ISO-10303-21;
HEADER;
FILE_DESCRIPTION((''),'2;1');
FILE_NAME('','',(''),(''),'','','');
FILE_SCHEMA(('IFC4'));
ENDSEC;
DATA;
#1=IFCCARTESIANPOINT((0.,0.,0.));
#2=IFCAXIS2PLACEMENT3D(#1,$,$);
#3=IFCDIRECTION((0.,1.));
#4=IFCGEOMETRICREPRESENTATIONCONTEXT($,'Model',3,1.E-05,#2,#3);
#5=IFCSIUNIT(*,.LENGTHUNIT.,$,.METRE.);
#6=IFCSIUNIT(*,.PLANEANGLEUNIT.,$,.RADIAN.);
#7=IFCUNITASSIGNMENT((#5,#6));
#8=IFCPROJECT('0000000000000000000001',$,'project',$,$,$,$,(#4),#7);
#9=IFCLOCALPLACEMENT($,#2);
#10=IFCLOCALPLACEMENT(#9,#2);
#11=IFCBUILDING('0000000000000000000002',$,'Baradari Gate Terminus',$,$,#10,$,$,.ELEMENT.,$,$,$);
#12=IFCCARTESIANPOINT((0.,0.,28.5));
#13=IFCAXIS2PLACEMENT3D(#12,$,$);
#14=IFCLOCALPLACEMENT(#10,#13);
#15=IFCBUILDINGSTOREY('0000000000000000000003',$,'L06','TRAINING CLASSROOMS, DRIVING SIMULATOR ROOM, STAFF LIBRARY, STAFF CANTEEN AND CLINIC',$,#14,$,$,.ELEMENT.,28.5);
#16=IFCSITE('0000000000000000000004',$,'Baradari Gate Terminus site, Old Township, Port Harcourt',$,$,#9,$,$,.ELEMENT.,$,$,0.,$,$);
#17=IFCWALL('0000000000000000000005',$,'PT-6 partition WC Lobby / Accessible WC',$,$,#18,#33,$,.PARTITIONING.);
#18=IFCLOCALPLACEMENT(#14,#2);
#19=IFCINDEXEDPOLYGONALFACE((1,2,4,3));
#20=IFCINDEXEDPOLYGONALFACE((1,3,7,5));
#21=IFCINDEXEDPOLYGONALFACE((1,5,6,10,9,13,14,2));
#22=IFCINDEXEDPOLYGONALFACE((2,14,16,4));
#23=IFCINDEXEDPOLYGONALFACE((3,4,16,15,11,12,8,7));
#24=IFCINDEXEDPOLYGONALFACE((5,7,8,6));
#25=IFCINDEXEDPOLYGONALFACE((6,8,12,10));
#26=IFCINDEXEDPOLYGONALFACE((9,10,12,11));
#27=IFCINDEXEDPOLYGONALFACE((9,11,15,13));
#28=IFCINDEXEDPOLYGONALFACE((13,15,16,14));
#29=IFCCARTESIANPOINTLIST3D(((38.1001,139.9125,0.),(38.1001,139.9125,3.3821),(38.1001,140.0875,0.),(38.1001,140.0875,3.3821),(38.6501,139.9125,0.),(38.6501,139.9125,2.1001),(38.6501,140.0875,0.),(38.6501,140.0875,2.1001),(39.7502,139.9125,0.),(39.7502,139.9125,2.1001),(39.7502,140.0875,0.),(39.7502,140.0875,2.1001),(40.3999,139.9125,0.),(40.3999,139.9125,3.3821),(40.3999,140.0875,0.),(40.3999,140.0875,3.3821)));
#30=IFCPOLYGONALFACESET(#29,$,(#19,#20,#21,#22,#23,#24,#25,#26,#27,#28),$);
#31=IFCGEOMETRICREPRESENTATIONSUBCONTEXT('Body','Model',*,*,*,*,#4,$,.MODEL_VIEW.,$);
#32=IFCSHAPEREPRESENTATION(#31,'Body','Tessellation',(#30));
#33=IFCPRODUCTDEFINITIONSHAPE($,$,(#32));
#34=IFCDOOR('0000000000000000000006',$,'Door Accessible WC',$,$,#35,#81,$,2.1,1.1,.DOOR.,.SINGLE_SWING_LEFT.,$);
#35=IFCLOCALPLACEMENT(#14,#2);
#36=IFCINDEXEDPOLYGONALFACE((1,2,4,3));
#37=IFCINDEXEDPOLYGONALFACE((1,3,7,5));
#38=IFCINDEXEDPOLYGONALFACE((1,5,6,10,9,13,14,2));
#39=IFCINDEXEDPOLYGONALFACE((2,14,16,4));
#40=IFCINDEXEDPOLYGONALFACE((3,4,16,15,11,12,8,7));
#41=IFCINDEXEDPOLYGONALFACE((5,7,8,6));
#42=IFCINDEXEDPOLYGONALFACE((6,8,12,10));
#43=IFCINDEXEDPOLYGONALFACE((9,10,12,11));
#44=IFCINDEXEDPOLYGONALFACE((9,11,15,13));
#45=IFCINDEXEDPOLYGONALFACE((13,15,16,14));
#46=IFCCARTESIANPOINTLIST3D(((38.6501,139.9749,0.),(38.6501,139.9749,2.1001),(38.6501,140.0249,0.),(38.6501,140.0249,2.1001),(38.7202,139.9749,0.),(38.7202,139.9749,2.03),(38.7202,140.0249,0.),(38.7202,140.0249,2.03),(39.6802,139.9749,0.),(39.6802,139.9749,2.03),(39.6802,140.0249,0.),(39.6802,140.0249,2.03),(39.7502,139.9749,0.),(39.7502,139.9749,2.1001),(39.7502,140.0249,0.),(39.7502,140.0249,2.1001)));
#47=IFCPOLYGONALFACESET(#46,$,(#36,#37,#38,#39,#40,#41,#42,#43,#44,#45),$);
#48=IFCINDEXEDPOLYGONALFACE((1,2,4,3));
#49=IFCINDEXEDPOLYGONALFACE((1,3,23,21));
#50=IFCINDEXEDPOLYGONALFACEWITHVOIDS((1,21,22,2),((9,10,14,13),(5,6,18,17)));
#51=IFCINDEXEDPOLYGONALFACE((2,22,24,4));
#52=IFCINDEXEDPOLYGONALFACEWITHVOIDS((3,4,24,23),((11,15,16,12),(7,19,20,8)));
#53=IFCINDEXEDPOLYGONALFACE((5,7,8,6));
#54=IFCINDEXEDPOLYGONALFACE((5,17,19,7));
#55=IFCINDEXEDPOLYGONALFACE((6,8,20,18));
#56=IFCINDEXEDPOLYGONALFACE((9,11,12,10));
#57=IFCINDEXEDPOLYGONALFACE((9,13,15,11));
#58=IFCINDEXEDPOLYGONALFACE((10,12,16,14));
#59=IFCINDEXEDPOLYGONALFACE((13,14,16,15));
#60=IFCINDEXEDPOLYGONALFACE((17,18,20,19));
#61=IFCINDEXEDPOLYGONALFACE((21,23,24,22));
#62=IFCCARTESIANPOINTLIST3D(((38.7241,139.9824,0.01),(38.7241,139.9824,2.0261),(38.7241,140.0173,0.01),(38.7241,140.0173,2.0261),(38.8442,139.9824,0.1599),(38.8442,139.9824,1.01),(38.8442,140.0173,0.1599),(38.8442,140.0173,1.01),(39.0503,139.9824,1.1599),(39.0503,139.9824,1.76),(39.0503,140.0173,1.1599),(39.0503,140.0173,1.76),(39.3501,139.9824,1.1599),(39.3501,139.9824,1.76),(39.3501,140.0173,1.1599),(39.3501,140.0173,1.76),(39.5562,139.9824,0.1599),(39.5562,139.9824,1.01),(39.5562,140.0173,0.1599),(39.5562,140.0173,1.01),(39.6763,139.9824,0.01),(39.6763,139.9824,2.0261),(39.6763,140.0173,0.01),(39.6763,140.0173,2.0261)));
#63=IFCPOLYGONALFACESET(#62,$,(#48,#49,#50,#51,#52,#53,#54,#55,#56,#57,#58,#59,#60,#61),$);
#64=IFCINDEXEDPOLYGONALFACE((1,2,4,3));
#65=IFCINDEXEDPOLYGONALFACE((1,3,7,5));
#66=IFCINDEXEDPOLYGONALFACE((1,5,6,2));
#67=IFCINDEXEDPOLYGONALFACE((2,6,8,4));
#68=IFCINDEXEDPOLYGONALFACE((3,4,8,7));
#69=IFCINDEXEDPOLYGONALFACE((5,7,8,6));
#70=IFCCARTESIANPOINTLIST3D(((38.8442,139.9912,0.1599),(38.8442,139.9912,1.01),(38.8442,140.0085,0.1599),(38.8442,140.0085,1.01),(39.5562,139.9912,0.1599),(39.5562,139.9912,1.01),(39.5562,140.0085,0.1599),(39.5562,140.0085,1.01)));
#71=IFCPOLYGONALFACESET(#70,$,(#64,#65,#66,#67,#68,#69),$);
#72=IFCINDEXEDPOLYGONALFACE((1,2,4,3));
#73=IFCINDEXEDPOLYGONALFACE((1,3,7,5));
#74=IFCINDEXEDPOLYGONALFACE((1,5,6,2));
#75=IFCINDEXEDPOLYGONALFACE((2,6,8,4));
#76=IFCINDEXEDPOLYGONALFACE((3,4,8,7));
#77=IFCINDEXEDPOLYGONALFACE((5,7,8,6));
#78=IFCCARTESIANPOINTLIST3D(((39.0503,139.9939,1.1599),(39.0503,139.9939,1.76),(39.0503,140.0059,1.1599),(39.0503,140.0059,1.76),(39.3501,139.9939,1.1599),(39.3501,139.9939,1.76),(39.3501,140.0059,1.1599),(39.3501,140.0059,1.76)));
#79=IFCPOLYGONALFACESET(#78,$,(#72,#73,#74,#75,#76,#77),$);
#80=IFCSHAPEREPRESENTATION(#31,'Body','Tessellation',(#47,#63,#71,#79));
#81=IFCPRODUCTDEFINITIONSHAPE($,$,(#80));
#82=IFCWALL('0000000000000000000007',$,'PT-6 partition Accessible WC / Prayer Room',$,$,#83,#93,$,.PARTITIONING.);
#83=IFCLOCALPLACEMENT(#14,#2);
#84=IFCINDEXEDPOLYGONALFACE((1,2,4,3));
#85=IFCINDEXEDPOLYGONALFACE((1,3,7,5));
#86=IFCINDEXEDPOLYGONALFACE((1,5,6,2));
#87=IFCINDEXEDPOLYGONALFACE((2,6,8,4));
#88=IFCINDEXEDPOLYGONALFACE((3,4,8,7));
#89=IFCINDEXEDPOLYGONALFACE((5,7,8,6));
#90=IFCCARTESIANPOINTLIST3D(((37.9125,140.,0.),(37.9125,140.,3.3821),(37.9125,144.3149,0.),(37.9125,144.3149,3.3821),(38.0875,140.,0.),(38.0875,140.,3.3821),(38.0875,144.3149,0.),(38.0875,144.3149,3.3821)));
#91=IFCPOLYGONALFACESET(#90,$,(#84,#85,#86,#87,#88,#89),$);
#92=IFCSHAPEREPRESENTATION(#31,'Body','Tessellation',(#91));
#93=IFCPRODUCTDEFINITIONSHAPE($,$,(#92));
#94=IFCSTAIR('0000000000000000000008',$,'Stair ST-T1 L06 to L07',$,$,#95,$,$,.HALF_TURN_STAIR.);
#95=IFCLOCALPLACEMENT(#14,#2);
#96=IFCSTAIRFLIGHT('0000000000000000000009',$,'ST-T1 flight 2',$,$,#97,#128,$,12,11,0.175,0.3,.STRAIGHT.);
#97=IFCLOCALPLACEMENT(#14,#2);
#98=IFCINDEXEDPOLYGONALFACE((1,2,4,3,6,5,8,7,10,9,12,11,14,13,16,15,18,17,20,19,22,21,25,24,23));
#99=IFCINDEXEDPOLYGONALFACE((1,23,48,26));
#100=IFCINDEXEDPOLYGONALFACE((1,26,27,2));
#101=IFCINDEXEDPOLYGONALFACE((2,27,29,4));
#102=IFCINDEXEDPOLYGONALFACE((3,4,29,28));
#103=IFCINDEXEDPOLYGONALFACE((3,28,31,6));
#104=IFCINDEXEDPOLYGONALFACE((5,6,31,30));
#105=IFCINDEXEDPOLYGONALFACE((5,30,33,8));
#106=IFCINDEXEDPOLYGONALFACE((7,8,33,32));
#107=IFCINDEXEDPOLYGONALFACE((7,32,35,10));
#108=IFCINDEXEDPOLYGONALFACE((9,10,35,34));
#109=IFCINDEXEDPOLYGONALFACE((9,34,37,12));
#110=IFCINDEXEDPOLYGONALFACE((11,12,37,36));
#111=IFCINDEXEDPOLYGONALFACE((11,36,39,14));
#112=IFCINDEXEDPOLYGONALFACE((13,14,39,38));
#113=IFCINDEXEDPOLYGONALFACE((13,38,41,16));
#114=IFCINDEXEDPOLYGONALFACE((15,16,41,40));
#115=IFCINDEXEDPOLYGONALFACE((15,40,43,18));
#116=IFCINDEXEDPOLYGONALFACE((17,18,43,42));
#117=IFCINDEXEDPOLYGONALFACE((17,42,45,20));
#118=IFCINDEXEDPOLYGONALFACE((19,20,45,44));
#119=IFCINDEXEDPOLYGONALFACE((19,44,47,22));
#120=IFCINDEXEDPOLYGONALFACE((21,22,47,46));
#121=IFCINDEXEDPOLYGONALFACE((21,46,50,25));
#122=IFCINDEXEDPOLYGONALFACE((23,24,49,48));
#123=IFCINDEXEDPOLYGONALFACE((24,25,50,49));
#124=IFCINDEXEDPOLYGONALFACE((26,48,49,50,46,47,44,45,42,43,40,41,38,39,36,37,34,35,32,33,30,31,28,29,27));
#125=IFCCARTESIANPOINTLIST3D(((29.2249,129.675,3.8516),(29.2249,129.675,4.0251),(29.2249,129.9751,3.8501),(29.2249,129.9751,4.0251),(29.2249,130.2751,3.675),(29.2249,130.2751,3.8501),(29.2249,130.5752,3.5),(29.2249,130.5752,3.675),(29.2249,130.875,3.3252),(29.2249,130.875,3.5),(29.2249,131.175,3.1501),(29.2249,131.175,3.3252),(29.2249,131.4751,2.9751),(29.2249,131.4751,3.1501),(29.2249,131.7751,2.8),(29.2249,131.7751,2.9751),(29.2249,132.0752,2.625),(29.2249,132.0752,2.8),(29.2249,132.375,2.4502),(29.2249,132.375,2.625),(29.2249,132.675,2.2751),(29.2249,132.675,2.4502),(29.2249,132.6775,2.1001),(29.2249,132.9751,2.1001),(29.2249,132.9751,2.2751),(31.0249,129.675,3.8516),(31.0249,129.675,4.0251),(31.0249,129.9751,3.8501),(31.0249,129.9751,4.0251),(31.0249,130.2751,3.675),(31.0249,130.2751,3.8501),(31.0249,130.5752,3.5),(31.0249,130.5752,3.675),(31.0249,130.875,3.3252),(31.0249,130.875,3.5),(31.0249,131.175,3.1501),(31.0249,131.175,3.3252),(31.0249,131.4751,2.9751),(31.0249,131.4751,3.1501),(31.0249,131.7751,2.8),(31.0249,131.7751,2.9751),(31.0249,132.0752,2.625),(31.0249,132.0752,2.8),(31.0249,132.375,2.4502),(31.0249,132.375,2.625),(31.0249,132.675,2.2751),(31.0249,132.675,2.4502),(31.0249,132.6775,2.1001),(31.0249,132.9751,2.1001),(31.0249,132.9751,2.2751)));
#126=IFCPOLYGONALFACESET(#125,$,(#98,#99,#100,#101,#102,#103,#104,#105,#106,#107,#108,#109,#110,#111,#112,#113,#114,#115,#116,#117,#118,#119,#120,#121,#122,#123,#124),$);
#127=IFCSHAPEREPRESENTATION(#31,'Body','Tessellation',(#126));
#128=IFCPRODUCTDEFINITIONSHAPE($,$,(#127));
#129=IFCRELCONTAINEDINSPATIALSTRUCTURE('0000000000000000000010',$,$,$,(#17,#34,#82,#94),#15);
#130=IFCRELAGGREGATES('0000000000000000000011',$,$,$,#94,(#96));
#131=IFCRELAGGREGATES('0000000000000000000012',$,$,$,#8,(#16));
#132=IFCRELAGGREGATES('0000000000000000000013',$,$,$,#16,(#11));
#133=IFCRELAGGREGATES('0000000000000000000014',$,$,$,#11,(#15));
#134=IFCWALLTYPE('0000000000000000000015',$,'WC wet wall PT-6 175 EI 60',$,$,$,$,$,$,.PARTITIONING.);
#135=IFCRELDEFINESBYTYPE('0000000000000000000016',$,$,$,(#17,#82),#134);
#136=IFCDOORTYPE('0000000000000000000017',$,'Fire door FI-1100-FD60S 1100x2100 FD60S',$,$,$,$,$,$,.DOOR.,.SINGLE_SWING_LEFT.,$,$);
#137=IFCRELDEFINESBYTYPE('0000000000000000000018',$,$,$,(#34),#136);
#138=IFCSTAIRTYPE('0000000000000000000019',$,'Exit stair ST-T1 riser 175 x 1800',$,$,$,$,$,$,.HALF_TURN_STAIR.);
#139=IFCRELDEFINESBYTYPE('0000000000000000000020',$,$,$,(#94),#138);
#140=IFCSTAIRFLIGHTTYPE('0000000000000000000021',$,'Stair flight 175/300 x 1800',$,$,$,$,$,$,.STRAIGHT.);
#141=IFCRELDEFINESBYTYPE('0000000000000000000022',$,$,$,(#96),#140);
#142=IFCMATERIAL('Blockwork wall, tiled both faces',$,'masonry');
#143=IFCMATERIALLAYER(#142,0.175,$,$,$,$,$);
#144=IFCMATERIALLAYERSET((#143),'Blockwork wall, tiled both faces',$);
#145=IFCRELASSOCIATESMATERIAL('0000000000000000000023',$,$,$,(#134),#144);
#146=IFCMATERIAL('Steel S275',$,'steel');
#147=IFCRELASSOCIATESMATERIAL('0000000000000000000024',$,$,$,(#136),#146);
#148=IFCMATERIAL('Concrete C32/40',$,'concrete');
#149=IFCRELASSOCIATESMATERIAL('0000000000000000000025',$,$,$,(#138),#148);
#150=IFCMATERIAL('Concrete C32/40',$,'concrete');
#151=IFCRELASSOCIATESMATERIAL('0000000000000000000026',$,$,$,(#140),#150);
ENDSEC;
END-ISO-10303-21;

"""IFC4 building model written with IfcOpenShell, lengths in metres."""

from ifc_helpers import new_model, si_unit, direction, frame, frame_2d, origin, place, context, subcontext, project, spatial, polyline, rectangle, outline, extrude, material, layer, layer_set, type_object, element, fill, aggregate, save


model = new_model("IFC4")

# Units and contexts
model_context = context("Model", 3, precision=1e-05, world=origin(), true_north=direction((0.0, 1.0)))
body_context = subcontext(model_context, "Body", "Model", "MODEL_VIEW")
ifc_project = project(units=[si_unit("LENGTHUNIT", "METRE"), si_unit("PLANEANGLEUNIT", "RADIAN")], contexts=[model_context])

# Site, building, storey
site_placement = place(None, origin())
site = spatial("IfcSite", under=ifc_project, at=site_placement, Name="Baradari Gate Terminus site, Old Township, Port Harcourt", CompositionType="ELEMENT", RefElevation=0.0)
building_placement = place(site_placement, origin())
building = spatial("IfcBuilding", under=site, at=building_placement, Name="Baradari Gate Terminus", CompositionType="ELEMENT")
storey_placement = place(building_placement, frame((0.0, 0.0, 28.5)))
storey = spatial("IfcBuildingStorey", under=building, at=storey_placement, Name="L06", Description="TRAINING CLASSROOMS, DRIVING SIMULATOR ROOM, STAFF LIBRARY, STAFF CANTEEN AND CLINIC", CompositionType="ELEMENT", Elevation=28.5)

# Wall, opening, door
ifc_material_1 = material(Name="Blockwork wall, tiled both faces", Category="masonry")
ifc_layer_1 = layer(ifc_material_1, 0.175)
ifc_layer_set_1 = layer_set([ifc_layer_1], Name="Blockwork wall, tiled both faces")
wall_type_1 = type_object("IfcWallType", Name="WC wet wall PT-6 175 EI 60", PredefinedType="PARTITIONING", material=ifc_layer_set_1)
wall_1_placement = place(storey_placement, frame((38.1001, 140.0, 0.0), z_axis=(0.0, 0.0, 1.0), x_axis=(1.0, 0.0, 0.0)))
wall_1 = element("IfcWall", 1, at=wall_1_placement, inside=storey, type_object=wall_type_1, Name="PT-6 partition WC Lobby / Accessible WC", PredefinedType="PARTITIONING", context=body_context, shape_type="SweptSolid", body=[
    extrude(rectangle(XDim=2.2998, YDim=0.175, at=frame_2d((1.1499, 0.0))), origin(), (0.0, 0.0, 1.0), 3.3821),
])
opening_1_placement = place(wall_1_placement, frame((0.55, 0.0, 0.0)))
opening_1 = element("IfcOpeningElement", 2, at=opening_1_placement, cuts=wall_1, PredefinedType="OPENING", context=body_context, shape_type="SweptSolid", body=[
    extrude(rectangle(XDim=1.1001, YDim=2.1001, at=frame_2d((0.55, 1.05))), frame((0.0, 0.0974, 0.0), z_axis=(0.0, -1.0, 0.0), x_axis=(1.0, 0.0, 0.0)), (0.0, 0.0, 1.0), 0.1951),
])
ifc_material_2 = material(Name="Steel S275", Category="steel")
door_type_1 = type_object("IfcDoorType", Name="Fire door FI-1100-FD60S 1100x2100 FD60S", OperationType="SINGLE_SWING_LEFT", PredefinedType="DOOR", material=ifc_material_2)
door_1_placement = place(opening_1_placement, origin())
door_1 = element("IfcDoor", 3, at=door_1_placement, inside=storey, type_object=door_type_1, Name="Door Accessible WC", OperationType="SINGLE_SWING_LEFT", OverallHeight=2.1, OverallWidth=1.1, PredefinedType="DOOR", context=body_context, shape_type="SweptSolid", body=[
    extrude(outline(polyline([(0.0, 0.0), (0.0701, 0.0), (0.0701, 2.03), (1.03, 2.03), (1.03, 0.0), (1.1001, 0.0), (1.1001, 2.1001), (0.0, 2.1001), (0.0, 0.0)])), frame((0.0, 0.0249, 0.0), z_axis=(0.0, -1.0, 0.0), x_axis=(1.0, 0.0, 0.0)), (0.0, 0.0, 1.0), 0.05),
    extrude(outline(polyline([(0.074, 0.01), (1.0261, 0.01), (1.0261, 2.0261), (0.074, 2.0261), (0.074, 0.01)]), holes=[polyline([(0.1941, 0.1599), (0.906, 0.1599), (0.906, 1.01), (0.1941, 1.01), (0.1941, 0.1599)]), polyline([(0.4001, 1.1599), (0.7, 1.1599), (0.7, 1.76), (0.4001, 1.76), (0.4001, 1.1599)])]), frame((0.0, 0.0173, 0.0), z_axis=(0.0, -1.0, 0.0), x_axis=(1.0, 0.0, 0.0)), (0.0, 0.0, 1.0), 0.0349),
    extrude(rectangle(XDim=0.7119, YDim=0.8501, at=frame_2d((0.55, 0.585))), frame((0.0, 0.0085, 0.0), z_axis=(0.0, -1.0, 0.0), x_axis=(1.0, 0.0, 0.0)), (0.0, 0.0, 1.0), 0.0173),
    extrude(rectangle(XDim=0.2998, YDim=0.6001, at=frame_2d((0.55, 1.46))), frame((0.0, 0.0059, 0.0), z_axis=(0.0, -1.0, 0.0), x_axis=(1.0, 0.0, 0.0)), (0.0, 0.0, 1.0), 0.012),
])
fill(opening_1, door_1)

# Wall
wall_2_placement = place(storey_placement, frame((38.0, 140.0, 0.0), z_axis=(0.0, 0.0, 1.0), x_axis=(0.0, 1.0, 0.0)))
element("IfcWall", 4, at=wall_2_placement, inside=storey, type_object=wall_type_1, Name="PT-6 partition Accessible WC / Prayer Room", PredefinedType="PARTITIONING", context=body_context, shape_type="SweptSolid", body=[
    extrude(rectangle(XDim=4.3149, YDim=0.175, at=frame_2d((2.1575, 0.0))), origin(), (0.0, 0.0, 1.0), 3.3821),
])

# Stair, stair flight
ifc_material_3 = material(Name="Concrete C32/40", Category="concrete")
stair_type = type_object("IfcStairType", Name="Exit stair ST-T1 riser 175 x 1800", PredefinedType="HALF_TURN_STAIR", material=ifc_material_3)
stair_placement = place(storey_placement, origin())
stair = element("IfcStair", 5, at=stair_placement, inside=storey, type_object=stair_type, Name="Stair ST-T1 L06 to L07", PredefinedType="HALF_TURN_STAIR")
ifc_material_4 = material(Name="Concrete C32/40", Category="concrete")
stair_flight_type = type_object("IfcStairFlightType", Name="Stair flight 175/300 x 1800", PredefinedType="STRAIGHT", material=ifc_material_4)
stair_flight_placement = place(storey_placement, frame((30.125, 132.9751, 2.1001), z_axis=(0.0, 0.0, 1.0), x_axis=(0.0, -1.0, 0.0)))
stair_flight = element("IfcStairFlight", 6, at=stair_flight_placement, type_object=stair_flight_type, Name="ST-T1 flight 2", NumberOfRisers=12, NumberOfTreads=11, PredefinedType="STRAIGHT", RiserHeight=0.175, TreadLength=0.3, context=body_context, shape_type="SweptSolid", body=[
    extrude(outline(polyline([(0.0, 0.0), (0.0, 0.175), (0.3, 0.175), (0.3, 0.3501), (0.6001, 0.3501), (0.6001, 0.5249), (0.8999, 0.5249), (0.8999, 0.7), (1.2, 0.7), (1.2, 0.875), (1.5, 0.875), (1.5, 1.05), (1.8, 1.05), (1.8, 1.2251), (2.1001, 1.2251), (2.1001, 1.3999), (2.3999, 1.3999), (2.3999, 1.575), (2.7, 1.575), (2.7, 1.75), (3.0, 1.75), (3.0, 1.925), (3.3, 1.925), (3.3, 2.1001), (3.3, 1.7515), (0.2976, 0.0), (0.0, 0.0)])), frame((0.0, 0.8999, 0.0), z_axis=(0.0, -1.0, 0.0), x_axis=(1.0, 0.0, 0.0)), (0.0, 0.0, 1.0), 1.8),
])
aggregate(stair, [stair_flight])

save(model, "model.ifc")
